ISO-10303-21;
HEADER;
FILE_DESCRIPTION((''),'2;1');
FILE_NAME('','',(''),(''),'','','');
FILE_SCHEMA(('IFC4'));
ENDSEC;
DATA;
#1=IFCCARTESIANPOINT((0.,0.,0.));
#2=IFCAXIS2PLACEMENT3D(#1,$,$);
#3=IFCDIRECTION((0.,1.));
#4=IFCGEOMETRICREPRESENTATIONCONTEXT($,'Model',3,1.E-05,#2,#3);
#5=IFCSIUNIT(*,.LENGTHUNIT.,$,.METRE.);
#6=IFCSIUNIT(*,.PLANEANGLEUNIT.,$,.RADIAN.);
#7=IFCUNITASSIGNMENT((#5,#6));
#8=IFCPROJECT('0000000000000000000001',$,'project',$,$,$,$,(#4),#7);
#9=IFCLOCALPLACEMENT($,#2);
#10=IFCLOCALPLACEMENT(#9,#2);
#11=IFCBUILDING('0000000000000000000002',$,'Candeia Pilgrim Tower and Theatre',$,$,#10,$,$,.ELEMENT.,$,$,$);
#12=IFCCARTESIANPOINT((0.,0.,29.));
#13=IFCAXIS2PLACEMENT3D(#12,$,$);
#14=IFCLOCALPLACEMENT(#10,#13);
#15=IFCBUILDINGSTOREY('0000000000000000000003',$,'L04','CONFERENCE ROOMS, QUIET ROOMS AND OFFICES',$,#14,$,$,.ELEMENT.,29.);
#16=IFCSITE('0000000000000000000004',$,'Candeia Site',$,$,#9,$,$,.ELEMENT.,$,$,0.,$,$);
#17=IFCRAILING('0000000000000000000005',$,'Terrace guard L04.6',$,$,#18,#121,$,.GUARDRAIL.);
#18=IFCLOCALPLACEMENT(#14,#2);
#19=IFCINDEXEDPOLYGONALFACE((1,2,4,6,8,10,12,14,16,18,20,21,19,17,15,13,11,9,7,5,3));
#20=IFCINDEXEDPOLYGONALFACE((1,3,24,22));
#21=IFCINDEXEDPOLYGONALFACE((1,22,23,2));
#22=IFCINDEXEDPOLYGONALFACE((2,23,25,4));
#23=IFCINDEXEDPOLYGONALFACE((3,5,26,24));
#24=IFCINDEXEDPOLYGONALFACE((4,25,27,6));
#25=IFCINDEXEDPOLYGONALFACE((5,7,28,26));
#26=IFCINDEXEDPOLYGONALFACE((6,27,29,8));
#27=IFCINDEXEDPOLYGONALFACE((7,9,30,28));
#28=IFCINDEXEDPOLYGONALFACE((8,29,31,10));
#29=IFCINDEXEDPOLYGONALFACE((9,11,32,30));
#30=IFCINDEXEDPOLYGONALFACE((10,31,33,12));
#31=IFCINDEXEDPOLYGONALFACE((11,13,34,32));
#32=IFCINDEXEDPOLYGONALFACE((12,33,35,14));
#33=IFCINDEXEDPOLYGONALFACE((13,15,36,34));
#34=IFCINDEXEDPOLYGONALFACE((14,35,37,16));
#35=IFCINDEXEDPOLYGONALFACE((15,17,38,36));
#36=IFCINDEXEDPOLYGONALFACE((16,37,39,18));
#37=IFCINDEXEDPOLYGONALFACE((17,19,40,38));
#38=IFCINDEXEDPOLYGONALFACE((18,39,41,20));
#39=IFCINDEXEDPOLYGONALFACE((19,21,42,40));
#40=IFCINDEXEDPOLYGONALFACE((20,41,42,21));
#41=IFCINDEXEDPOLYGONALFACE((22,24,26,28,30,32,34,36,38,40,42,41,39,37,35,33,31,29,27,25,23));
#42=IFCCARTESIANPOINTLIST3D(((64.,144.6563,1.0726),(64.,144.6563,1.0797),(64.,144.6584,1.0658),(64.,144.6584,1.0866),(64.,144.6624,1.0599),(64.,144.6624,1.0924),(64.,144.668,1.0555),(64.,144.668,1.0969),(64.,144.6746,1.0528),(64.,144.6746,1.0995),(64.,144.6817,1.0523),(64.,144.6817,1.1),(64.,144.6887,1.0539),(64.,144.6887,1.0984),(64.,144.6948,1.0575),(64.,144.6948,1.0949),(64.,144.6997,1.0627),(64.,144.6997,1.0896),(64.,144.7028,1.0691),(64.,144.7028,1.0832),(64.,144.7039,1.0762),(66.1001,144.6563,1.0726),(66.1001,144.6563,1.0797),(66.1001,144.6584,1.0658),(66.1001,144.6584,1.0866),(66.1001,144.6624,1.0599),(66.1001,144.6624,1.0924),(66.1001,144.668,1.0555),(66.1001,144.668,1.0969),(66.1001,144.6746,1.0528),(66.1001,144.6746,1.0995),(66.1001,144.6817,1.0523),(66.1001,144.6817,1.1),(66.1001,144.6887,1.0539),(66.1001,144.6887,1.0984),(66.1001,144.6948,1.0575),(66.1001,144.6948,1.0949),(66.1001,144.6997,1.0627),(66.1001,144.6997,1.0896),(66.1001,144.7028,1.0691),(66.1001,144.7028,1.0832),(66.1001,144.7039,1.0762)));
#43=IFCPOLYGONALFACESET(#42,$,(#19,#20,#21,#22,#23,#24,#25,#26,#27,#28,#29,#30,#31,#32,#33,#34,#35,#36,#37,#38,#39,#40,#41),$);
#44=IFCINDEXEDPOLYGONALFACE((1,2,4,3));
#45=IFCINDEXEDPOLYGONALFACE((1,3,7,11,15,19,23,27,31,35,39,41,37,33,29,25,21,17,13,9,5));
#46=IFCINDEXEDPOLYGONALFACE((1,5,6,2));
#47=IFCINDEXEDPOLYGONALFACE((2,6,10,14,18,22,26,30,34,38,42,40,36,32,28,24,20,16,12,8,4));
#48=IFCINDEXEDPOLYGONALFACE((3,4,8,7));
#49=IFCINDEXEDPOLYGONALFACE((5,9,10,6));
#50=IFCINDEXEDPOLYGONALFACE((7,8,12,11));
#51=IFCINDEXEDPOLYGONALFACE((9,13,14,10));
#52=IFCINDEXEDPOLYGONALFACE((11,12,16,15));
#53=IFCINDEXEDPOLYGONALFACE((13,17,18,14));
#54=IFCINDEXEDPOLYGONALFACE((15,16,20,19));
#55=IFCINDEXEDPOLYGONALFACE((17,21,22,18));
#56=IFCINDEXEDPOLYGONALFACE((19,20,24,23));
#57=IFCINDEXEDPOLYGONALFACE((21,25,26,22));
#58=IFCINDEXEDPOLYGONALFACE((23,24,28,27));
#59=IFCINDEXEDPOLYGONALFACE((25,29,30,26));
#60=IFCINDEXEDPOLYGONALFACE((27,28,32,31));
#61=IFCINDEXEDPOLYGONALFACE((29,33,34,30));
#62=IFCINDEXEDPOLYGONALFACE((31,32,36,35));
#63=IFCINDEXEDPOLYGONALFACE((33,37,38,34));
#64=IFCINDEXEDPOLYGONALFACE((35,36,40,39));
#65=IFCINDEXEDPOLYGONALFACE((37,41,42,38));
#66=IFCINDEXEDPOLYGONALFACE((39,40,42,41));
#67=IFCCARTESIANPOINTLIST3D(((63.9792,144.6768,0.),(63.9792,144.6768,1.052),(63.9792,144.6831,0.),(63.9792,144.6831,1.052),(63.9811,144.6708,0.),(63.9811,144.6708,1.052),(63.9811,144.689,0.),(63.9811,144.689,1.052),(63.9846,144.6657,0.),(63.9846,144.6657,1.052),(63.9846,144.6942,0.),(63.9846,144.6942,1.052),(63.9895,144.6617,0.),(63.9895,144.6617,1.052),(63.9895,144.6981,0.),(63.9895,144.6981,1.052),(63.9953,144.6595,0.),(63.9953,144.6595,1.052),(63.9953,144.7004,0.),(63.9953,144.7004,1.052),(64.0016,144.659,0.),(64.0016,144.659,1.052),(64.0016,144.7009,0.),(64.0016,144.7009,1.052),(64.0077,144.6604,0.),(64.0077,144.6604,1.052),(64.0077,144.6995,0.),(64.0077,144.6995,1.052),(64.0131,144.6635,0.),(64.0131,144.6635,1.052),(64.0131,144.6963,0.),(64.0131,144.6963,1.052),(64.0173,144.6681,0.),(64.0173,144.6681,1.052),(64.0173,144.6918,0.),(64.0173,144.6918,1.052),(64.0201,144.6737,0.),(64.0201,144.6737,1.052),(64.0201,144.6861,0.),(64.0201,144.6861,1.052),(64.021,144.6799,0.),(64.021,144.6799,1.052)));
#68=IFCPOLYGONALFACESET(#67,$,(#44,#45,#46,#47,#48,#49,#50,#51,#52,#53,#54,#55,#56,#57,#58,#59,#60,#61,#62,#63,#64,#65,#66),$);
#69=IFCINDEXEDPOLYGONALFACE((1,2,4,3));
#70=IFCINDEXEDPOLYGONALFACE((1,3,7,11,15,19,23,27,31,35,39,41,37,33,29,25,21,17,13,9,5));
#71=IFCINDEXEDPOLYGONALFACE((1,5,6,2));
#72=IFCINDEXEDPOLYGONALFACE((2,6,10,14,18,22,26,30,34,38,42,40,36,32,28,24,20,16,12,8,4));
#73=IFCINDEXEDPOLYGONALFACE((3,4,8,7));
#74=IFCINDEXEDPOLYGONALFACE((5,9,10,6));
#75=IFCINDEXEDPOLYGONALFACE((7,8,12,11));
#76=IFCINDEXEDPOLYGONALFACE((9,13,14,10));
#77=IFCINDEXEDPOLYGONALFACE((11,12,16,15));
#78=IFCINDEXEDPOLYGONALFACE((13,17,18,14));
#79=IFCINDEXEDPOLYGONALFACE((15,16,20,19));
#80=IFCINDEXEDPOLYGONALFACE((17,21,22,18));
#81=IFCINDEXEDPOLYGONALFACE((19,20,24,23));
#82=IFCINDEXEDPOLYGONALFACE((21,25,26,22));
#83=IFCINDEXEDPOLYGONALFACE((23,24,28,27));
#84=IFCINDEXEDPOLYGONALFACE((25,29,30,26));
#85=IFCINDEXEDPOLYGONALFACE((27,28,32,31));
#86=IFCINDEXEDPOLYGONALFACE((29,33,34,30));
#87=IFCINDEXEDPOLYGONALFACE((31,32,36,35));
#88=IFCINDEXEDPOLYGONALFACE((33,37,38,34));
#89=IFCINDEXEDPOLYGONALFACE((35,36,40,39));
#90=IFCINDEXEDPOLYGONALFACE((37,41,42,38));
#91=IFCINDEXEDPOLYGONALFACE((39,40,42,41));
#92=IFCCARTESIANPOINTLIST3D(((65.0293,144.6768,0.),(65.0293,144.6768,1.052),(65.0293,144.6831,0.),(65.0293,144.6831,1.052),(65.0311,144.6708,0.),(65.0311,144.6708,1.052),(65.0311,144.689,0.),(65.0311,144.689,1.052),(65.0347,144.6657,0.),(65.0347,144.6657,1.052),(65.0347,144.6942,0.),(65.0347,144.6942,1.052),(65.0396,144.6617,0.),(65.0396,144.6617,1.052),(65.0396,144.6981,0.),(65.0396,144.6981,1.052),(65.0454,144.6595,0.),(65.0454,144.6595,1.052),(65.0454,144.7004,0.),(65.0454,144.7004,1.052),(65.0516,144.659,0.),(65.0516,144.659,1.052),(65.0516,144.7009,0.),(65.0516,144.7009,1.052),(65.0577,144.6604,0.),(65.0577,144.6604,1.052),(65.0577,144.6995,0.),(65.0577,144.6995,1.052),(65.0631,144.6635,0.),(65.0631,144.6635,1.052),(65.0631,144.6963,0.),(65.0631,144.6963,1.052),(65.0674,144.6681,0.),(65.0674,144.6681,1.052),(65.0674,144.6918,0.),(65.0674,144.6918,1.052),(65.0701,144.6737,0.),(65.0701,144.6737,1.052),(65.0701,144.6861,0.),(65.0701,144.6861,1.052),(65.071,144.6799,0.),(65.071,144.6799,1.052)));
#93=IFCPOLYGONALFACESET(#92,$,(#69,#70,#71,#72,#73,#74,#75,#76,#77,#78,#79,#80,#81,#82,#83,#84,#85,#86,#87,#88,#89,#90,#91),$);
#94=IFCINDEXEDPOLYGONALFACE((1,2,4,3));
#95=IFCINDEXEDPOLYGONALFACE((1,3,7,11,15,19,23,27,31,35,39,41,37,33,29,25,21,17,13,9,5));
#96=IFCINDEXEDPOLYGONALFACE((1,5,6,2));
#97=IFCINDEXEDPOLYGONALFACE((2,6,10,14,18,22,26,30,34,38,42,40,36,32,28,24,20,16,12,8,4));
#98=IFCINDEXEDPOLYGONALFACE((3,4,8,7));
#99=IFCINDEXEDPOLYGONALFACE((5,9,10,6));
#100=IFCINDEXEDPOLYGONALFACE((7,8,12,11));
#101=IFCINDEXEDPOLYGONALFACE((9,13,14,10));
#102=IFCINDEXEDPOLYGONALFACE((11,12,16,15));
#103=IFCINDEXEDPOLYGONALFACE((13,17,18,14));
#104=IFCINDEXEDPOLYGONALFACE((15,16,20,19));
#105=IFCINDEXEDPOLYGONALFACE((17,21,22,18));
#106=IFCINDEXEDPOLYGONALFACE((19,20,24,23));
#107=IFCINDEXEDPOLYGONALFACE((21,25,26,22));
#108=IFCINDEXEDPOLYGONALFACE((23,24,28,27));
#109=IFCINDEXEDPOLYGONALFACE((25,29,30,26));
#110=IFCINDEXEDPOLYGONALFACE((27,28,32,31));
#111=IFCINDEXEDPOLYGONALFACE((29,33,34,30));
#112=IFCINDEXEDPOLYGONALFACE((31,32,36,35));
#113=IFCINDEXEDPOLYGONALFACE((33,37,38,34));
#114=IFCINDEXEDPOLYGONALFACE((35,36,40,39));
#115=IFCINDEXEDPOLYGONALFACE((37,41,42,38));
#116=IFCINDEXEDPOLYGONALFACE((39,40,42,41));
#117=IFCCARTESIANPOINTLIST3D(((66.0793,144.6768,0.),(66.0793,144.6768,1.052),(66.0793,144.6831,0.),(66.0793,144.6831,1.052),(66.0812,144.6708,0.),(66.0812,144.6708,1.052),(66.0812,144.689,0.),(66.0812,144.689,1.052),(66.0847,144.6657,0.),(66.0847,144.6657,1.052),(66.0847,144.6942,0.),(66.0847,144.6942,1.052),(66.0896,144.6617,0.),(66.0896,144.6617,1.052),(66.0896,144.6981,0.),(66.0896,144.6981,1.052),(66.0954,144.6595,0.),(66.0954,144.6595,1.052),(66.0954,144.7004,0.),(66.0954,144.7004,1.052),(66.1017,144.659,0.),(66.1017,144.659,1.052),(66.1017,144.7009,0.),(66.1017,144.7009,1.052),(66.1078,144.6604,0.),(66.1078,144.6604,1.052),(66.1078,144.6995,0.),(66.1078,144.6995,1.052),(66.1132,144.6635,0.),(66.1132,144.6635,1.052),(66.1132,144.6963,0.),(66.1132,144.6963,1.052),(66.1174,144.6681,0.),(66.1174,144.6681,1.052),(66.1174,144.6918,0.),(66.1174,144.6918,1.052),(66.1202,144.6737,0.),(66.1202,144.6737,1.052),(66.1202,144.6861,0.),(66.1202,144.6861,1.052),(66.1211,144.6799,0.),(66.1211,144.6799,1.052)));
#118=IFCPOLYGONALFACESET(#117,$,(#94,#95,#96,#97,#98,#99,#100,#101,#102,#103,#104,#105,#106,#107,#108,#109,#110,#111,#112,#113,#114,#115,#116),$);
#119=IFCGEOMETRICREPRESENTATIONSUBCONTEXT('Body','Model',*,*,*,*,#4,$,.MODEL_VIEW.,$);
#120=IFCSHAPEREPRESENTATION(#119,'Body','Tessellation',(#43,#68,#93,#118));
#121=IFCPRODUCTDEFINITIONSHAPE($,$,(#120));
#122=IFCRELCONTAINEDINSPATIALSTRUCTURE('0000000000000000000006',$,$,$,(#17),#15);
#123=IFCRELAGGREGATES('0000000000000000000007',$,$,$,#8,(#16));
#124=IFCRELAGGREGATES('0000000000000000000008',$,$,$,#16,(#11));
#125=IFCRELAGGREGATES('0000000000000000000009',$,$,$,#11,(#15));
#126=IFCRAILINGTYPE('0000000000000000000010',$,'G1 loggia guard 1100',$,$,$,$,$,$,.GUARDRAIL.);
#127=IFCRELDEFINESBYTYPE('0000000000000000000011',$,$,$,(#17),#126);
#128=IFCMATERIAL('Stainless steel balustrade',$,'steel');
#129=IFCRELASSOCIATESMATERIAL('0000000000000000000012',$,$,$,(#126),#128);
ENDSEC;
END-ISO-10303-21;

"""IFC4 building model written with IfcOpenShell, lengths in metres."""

from ifc_helpers import new_model, si_unit, direction, frame, origin, origin_2d, place, context, subcontext, project, spatial, circle, extrude, material, type_object, element, save


model = new_model("IFC4")

# Units and contexts
model_context = context("Model", 3, precision=1e-05, world=origin(), true_north=direction((0.0, 1.0)))
body_context = subcontext(model_context, "Body", "Model", "MODEL_VIEW")
ifc_project = project(units=[si_unit("LENGTHUNIT", "METRE"), si_unit("PLANEANGLEUNIT", "RADIAN")], contexts=[model_context])

# Site, building, storey
site_placement = place(None, origin())
site = spatial("IfcSite", under=ifc_project, at=site_placement, Name="Candeia Site", CompositionType="ELEMENT", RefElevation=0.0)
building_placement = place(site_placement, origin())
building = spatial("IfcBuilding", under=site, at=building_placement, Name="Candeia Pilgrim Tower and Theatre", CompositionType="ELEMENT")
storey_placement = place(building_placement, frame((0.0, 0.0, 29.0)))
storey = spatial("IfcBuildingStorey", under=building, at=storey_placement, Name="L04", Description="CONFERENCE ROOMS, QUIET ROOMS AND OFFICES", CompositionType="ELEMENT", Elevation=29.0)

# Railing
ifc_material_1 = material(Name="Stainless steel balustrade", Category="steel")
railing_type_1 = type_object("IfcRailingType", Name="G1 loggia guard 1100", PredefinedType="GUARDRAIL", material=ifc_material_1)
railing_1_placement = place(storey_placement, frame((64.0, 144.6799, 0.0)))
element("IfcRailing", 1, at=railing_1_placement, inside=storey, type_object=railing_type_1, Name="Terrace guard L04.6", PredefinedType="GUARDRAIL", context=body_context, shape_type="SweptSolid", body=[
    extrude(circle(Radius=0.0239, at=origin_2d()), frame((0.0, 0.0, 1.0762), z_axis=(1.0, 0.0, 0.0), x_axis=(0.0, 1.0, 0.0)), (0.0, 0.0, 1.0), 2.1001),
    extrude(circle(Radius=0.021, at=origin_2d()), origin(), (0.0, 0.0, 1.0), 1.052),
    extrude(circle(Radius=0.021, at=origin_2d()), frame((1.05, 0.0, 0.0)), (0.0, 0.0, 1.0), 1.052),
    extrude(circle(Radius=0.021, at=origin_2d()), frame((2.1001, 0.0, 0.0)), (0.0, 0.0, 1.0), 1.052),
])

save(model, "model.ifc")
